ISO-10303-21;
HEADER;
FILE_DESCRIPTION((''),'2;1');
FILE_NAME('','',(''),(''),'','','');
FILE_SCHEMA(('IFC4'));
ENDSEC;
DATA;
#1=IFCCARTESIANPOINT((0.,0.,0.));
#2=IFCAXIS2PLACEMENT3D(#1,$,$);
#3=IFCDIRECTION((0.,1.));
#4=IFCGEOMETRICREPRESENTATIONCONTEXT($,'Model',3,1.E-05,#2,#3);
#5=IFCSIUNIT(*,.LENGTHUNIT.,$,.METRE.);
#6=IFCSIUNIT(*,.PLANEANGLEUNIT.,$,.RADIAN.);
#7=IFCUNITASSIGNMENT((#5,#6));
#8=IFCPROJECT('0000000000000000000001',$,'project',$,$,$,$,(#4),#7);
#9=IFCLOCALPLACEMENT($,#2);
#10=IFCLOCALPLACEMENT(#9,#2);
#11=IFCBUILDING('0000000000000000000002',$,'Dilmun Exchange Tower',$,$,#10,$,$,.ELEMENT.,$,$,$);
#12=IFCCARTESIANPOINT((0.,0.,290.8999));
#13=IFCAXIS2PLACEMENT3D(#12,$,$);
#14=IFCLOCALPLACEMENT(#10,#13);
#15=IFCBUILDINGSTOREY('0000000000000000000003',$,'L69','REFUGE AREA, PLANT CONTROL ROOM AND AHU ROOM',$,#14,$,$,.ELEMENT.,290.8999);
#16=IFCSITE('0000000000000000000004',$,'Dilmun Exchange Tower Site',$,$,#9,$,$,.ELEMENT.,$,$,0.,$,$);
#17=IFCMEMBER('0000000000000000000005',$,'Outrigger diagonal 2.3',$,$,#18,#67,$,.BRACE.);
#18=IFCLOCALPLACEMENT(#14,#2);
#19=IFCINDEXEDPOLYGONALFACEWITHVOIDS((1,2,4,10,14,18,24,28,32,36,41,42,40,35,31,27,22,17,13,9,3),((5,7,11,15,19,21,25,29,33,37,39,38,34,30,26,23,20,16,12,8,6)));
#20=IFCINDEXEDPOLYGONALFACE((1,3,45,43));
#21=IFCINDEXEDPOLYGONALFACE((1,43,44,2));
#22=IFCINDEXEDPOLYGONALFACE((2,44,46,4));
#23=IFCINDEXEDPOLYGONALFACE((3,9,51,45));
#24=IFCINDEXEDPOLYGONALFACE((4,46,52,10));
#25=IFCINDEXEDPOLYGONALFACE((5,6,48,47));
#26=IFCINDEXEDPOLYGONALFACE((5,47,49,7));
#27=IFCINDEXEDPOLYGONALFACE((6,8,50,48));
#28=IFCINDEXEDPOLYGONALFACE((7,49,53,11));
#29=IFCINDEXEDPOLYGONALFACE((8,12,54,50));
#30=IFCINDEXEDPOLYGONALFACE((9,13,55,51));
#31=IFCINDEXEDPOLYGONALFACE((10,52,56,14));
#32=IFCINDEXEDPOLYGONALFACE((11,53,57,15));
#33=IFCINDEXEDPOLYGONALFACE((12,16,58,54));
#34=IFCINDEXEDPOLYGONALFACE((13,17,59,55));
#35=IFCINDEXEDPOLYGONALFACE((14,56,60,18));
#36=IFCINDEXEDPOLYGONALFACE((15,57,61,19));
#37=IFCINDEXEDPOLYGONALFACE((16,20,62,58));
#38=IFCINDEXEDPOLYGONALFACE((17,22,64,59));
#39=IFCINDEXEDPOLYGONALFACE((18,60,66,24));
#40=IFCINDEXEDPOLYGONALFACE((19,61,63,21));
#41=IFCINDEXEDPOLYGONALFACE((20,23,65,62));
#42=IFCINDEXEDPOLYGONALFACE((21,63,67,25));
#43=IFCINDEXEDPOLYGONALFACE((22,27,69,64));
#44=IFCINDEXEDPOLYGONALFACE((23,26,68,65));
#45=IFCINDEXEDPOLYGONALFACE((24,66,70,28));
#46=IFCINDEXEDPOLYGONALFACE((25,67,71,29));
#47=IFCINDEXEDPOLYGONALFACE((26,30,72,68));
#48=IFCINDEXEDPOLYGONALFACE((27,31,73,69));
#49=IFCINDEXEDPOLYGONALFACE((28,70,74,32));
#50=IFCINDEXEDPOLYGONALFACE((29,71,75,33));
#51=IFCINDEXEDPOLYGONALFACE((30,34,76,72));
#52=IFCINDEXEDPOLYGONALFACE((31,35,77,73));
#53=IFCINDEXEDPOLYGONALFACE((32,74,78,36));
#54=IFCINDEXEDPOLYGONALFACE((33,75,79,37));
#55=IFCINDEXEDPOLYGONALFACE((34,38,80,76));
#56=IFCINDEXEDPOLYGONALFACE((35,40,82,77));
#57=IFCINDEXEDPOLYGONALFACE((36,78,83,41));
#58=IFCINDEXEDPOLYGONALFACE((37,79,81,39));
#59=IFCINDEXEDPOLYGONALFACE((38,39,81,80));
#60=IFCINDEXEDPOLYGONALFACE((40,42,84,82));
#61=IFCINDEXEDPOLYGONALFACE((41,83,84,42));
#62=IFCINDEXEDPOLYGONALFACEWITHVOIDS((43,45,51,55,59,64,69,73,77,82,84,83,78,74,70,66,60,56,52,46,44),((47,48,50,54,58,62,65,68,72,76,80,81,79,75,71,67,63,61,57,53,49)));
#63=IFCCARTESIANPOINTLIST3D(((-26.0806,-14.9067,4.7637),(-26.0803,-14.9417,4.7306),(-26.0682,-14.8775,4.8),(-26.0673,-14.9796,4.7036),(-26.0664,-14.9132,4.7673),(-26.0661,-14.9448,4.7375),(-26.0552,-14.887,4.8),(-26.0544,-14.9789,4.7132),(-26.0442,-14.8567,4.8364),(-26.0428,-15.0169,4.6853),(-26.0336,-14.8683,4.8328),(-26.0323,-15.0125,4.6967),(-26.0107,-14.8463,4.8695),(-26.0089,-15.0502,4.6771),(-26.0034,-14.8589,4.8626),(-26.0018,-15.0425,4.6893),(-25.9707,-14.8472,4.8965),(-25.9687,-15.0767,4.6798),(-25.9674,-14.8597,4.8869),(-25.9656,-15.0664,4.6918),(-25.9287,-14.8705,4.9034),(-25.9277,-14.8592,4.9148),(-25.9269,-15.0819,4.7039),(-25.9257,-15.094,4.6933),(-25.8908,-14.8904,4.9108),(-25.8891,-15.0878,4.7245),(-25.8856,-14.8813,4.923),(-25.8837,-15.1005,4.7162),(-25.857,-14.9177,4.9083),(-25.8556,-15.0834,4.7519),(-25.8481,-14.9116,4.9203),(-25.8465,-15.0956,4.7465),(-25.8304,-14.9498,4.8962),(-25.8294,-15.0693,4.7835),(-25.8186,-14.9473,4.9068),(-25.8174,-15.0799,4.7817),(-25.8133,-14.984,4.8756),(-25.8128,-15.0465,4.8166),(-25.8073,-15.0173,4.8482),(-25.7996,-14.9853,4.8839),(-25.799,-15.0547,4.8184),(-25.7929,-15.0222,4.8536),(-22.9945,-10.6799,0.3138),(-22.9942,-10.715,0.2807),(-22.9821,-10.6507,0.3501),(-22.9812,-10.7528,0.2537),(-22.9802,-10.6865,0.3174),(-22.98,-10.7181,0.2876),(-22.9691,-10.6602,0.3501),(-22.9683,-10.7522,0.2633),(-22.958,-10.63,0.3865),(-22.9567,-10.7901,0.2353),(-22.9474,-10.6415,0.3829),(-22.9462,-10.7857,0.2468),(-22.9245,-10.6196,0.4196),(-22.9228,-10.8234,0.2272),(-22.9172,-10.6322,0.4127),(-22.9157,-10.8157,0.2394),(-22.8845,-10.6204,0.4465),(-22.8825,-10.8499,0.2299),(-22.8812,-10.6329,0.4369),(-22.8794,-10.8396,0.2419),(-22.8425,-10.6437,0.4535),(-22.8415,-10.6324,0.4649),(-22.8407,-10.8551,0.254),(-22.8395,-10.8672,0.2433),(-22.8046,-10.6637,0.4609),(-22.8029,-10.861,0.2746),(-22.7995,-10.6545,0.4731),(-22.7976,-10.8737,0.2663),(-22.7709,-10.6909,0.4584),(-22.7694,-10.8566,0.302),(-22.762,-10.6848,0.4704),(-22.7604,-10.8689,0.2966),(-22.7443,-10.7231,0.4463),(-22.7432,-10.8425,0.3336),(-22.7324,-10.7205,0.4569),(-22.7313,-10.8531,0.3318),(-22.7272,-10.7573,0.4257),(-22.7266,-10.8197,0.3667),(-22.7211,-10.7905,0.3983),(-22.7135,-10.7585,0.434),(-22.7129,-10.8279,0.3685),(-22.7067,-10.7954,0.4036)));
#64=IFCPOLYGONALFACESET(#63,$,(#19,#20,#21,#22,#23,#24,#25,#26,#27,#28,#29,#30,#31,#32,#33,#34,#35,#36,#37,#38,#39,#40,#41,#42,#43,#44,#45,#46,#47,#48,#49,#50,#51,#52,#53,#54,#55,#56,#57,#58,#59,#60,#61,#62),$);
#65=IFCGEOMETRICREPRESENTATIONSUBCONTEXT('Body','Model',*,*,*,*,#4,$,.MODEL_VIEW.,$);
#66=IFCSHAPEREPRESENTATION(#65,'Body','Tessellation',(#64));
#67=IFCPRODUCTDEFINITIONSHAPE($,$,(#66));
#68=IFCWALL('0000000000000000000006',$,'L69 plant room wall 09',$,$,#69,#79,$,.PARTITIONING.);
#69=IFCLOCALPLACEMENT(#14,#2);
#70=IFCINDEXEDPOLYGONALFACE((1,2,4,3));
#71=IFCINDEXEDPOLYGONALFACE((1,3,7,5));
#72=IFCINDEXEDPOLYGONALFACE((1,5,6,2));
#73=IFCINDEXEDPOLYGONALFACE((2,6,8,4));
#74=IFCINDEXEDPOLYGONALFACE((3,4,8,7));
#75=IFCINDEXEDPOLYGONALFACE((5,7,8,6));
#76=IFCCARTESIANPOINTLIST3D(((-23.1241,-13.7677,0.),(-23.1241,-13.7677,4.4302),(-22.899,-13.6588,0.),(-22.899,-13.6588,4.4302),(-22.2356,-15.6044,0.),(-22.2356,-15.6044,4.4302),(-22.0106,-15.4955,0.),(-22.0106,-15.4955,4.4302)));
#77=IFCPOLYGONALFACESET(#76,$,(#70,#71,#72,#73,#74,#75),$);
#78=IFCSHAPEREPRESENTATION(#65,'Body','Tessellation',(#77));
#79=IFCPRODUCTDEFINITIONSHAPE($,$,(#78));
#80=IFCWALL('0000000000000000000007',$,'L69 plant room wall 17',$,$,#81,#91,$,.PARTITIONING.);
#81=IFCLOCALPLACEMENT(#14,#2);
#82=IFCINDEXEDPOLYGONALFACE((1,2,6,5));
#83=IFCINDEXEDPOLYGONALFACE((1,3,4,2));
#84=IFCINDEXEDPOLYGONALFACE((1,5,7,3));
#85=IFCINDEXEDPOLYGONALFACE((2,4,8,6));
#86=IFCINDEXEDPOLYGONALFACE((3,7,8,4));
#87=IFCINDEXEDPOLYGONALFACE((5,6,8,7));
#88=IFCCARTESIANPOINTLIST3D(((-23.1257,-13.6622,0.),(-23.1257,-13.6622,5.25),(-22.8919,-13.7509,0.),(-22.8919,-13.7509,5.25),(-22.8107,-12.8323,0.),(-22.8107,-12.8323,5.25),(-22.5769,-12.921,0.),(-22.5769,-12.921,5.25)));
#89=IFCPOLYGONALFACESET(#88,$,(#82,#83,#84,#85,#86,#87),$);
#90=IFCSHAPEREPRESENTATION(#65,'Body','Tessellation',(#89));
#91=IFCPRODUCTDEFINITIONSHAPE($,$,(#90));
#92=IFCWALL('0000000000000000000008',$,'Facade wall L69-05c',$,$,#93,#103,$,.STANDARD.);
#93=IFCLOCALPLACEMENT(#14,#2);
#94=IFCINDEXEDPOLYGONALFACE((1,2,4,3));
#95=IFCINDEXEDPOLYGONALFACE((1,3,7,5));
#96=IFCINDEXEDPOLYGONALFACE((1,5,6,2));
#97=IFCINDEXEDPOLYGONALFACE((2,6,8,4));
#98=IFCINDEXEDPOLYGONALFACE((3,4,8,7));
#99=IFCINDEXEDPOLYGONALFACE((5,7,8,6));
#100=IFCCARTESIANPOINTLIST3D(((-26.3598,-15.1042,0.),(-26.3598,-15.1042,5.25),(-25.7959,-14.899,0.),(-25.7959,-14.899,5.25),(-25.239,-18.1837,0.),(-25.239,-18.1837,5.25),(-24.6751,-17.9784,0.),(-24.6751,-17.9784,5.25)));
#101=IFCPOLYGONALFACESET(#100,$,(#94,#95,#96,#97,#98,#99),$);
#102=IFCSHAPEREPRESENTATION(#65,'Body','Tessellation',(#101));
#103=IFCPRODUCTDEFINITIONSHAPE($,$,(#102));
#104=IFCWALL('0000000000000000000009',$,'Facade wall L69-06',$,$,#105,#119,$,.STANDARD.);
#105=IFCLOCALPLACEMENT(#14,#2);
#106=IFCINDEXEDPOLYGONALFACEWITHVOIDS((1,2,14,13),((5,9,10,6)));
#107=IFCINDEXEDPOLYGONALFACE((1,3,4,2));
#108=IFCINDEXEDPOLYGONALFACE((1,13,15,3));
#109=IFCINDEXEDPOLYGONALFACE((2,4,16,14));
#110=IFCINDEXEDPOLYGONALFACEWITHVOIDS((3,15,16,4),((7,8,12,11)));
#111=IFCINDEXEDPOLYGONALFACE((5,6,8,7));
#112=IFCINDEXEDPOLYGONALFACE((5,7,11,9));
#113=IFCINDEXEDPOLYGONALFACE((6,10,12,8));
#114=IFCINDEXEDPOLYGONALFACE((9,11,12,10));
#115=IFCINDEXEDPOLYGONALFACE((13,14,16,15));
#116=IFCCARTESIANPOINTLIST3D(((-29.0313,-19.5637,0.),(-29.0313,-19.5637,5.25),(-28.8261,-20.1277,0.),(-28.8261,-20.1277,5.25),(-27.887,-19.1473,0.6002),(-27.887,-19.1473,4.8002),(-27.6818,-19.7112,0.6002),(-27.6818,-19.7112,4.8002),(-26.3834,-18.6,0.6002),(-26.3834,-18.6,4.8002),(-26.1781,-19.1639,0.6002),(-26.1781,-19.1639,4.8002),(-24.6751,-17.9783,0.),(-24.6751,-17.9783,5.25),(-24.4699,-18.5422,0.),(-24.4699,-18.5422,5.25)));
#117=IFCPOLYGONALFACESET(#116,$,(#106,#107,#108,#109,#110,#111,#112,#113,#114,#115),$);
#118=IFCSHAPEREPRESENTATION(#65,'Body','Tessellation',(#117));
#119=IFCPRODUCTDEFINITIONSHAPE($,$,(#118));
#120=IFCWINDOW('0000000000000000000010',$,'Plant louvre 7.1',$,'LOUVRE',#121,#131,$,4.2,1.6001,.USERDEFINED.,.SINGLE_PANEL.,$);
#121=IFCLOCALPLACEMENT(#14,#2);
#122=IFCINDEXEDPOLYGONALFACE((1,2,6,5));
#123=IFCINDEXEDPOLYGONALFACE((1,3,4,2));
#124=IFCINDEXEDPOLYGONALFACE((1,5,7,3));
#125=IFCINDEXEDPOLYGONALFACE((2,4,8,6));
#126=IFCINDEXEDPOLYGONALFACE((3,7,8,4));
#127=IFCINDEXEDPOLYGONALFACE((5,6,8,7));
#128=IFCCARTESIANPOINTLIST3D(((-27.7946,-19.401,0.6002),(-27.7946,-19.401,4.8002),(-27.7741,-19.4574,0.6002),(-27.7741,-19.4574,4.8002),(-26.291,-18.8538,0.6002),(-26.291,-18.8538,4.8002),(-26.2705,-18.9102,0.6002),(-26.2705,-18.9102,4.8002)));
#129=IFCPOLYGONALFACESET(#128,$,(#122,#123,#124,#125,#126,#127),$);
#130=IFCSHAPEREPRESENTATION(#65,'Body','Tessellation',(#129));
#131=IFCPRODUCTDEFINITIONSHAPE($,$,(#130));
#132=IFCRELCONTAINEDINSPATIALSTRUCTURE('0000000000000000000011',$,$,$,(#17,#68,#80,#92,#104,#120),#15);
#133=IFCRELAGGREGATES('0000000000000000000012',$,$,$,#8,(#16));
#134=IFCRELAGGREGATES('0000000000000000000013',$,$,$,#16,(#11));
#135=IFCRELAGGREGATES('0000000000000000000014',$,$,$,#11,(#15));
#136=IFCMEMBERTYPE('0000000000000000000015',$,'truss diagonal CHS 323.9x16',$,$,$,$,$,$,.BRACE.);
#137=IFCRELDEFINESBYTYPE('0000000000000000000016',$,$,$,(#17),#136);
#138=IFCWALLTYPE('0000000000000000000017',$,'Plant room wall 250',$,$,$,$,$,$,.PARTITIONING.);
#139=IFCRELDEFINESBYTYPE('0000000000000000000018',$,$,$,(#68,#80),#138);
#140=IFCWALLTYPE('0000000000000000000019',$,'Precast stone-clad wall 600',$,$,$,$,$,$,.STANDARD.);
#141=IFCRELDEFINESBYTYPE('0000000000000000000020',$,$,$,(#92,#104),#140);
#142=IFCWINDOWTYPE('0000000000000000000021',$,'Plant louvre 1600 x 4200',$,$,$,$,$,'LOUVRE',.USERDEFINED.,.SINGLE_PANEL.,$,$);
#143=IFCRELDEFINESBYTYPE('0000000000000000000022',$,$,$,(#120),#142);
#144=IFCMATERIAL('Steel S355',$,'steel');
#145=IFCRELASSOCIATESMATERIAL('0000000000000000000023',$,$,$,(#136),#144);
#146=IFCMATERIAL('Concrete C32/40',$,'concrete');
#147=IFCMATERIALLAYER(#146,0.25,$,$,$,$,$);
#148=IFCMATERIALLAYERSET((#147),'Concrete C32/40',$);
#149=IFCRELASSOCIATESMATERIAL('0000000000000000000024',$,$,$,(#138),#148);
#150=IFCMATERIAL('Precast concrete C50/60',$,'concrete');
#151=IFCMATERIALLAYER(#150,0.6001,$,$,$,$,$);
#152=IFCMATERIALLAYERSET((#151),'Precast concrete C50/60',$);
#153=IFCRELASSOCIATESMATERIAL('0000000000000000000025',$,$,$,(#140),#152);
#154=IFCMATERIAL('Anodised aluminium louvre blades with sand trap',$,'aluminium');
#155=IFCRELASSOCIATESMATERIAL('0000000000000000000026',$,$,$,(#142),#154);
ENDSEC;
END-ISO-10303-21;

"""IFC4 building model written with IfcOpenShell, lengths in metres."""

from ifc_helpers import new_model, si_unit, direction, frame, frame_2d, origin, origin_2d, place, context, subcontext, project, spatial, rectangle, hollow_circle, extrude, material, layer, layer_set, material_profile, profile_set, type_object, element, fill, save


model = new_model("IFC4")

# Units and contexts
model_context = context("Model", 3, precision=1e-05, world=origin(), true_north=direction((0.0, 1.0)))
body_context = subcontext(model_context, "Body", "Model", "MODEL_VIEW")
ifc_project = project(units=[si_unit("LENGTHUNIT", "METRE"), si_unit("PLANEANGLEUNIT", "RADIAN")], contexts=[model_context])

# Site, building, storey
site_placement = place(None, origin())
site = spatial("IfcSite", under=ifc_project, at=site_placement, Name="Dilmun Exchange Tower Site", CompositionType="ELEMENT", RefElevation=0.0)
building_placement = place(site_placement, origin())
building = spatial("IfcBuilding", under=site, at=building_placement, Name="Dilmun Exchange Tower", CompositionType="ELEMENT")
storey_placement = place(building_placement, frame((0.0, 0.0, 290.8999)))
storey = spatial("IfcBuildingStorey", under=building, at=storey_placement, Name="L69", Description="REFUGE AREA, PLANT CONTROL ROOM AND AHU ROOM", CompositionType="ELEMENT", Elevation=290.8999)

# Shared definitions
ifc_material_1 = material(Name="Steel S355", Category="steel")

# Member
ifc_material_profile_1 = material_profile(ifc_material_1, hollow_circle(Radius=0.1619, WallThickness=0.0161, at=origin_2d()), Name="CHS 323.9x16")
ifc_profile_set_1 = profile_set([ifc_material_profile_1], Name="Steel S355")
member_type = type_object("IfcMemberType", Name="truss diagonal CHS 323.9x16", PredefinedType="BRACE", material=ifc_profile_set_1)
member_1_placement = place(storey_placement, frame((-25.9375, -14.9729, 4.8), z_axis=(0.449247, 0.615285, -0.647767), x_axis=(-0.807631, 0.589688, 0.0)))
element("IfcMember", 1, at=member_1_placement, inside=storey, type_object=member_type, Name="Outrigger diagonal 2.3", PredefinedType="BRACE", context=body_context, shape_type="SweptSolid", body=[
    extrude(hollow_circle(Radius=0.1619, WallThickness=0.0161, at=origin_2d()), origin(), (0.0, 0.0, 1.0), 6.8696),
])

# Walls
ifc_material_2 = material(Name="Concrete C32/40", Category="concrete")
ifc_layer_1 = layer(ifc_material_2, 0.25)
ifc_layer_set_1 = layer_set([ifc_layer_1], Name="Concrete C32/40")
wall_type_1 = type_object("IfcWallType", Name="Plant room wall 250", PredefinedType="PARTITIONING", material=ifc_layer_set_1)
wall_1_placement = place(storey_placement, frame((-23.0115, -13.7134, 0.0), z_axis=(0.0, 0.0, 1.0), x_axis=(0.435448, -0.900214, 0.0)))
element("IfcWall", 2, at=wall_1_placement, inside=storey, type_object=wall_type_1, Name="L69 plant room wall 09", PredefinedType="PARTITIONING", context=body_context, shape_type="SweptSolid", body=[
    extrude(rectangle(XDim=2.0403, YDim=0.25, at=frame_2d((1.02, 0.0))), origin(), (0.0, 0.0, 1.0), 4.4302),
])
wall_2_placement = place(storey_placement, frame((-23.0088, -13.7065, 0.0), z_axis=(0.0, 0.0, 1.0), x_axis=(0.354828, 0.934931, 0.0)))
element("IfcWall", 3, at=wall_2_placement, inside=storey, type_object=wall_type_1, Name="L69 plant room wall 17", PredefinedType="PARTITIONING", context=body_context, shape_type="SweptSolid", body=[
    extrude(rectangle(XDim=0.8877, YDim=0.25, at=frame_2d((0.4438, 0.0))), origin(), (0.0, 0.0, 1.0), 5.25),
])
ifc_material_3 = material(Name="Precast concrete C50/60", Category="concrete")
ifc_layer_2 = layer(ifc_material_3, 0.6001)
ifc_layer_set_2 = layer_set([ifc_layer_2], Name="Precast concrete C50/60")
wall_type_2 = type_object("IfcWallType", Name="Precast stone-clad wall 600", PredefinedType="STANDARD", material=ifc_layer_set_2)
wall_3_placement = place(storey_placement, frame((-26.0779, -15.0015, 0.0), z_axis=(0.0, 0.0, 1.0), x_axis=(0.342012, -0.939696, 0.0)))
element("IfcWall", 4, at=wall_3_placement, inside=storey, type_object=wall_type_2, Name="Facade wall L69-05c", PredefinedType="STANDARD", context=body_context, shape_type="SweptSolid", body=[
    extrude(rectangle(XDim=3.2771, YDim=0.6001, at=frame_2d((1.6387, 0.0))), origin(), (0.0, 0.0, 1.0), 5.25),
])

# Wall, opening, window
wall_4_placement = place(storey_placement, frame((-24.5725, -18.2603, 0.0), z_axis=(0.0, 0.0, 1.0), x_axis=(-0.939698, -0.342005, 0.0)))
wall_4 = element("IfcWall", 5, at=wall_4_placement, inside=storey, type_object=wall_type_2, Name="Facade wall L69-06", PredefinedType="STANDARD", context=body_context, shape_type="SweptSolid", body=[
    extrude(rectangle(XDim=4.6357, YDim=0.6001, at=frame_2d((2.3179, 0.0))), origin(), (0.0, 0.0, 1.0), 5.25),
])
opening_1_placement = place(wall_4_placement, frame((1.8179, 0.0, 0.6001)))
opening_1 = element("IfcOpeningElement", 6, at=opening_1_placement, cuts=wall_4, PredefinedType="OPENING", context=body_context, shape_type="SweptSolid", body=[
    extrude(rectangle(XDim=1.6001, YDim=4.2, at=frame_2d((0.8, 2.1001))), frame((0.0, 0.3101, 0.0), z_axis=(0.0, -1.0, 0.0), x_axis=(1.0, 0.0, 0.0)), (0.0, 0.0, 1.0), 0.6201),
])
ifc_material_4 = material(Name="Anodised aluminium louvre blades with sand trap", Category="aluminium")
window_type_1 = type_object("IfcWindowType", Name="Plant louvre 1600 x 4200", ElementType="LOUVRE", PartitioningType="SINGLE_PANEL", PredefinedType="USERDEFINED", material=ifc_material_4)
window_1_placement = place(opening_1_placement, origin())
window_1 = element("IfcWindow", 7, at=window_1_placement, inside=storey, type_object=window_type_1, Name="Plant louvre 7.1", ObjectType="LOUVRE", OverallHeight=4.2, OverallWidth=1.6001, PartitioningType="SINGLE_PANEL", PredefinedType="USERDEFINED", context=body_context, shape_type="SweptSolid", body=[
    extrude(rectangle(XDim=1.6001, YDim=4.2, at=frame_2d((0.8, 2.1001))), frame((0.0, 0.03, 0.0), z_axis=(0.0, -1.0, 0.0), x_axis=(1.0, 0.0, 0.0)), (0.0, 0.0, 1.0), 0.0601),
])
fill(opening_1, window_1)

save(model, "model.ifc")
